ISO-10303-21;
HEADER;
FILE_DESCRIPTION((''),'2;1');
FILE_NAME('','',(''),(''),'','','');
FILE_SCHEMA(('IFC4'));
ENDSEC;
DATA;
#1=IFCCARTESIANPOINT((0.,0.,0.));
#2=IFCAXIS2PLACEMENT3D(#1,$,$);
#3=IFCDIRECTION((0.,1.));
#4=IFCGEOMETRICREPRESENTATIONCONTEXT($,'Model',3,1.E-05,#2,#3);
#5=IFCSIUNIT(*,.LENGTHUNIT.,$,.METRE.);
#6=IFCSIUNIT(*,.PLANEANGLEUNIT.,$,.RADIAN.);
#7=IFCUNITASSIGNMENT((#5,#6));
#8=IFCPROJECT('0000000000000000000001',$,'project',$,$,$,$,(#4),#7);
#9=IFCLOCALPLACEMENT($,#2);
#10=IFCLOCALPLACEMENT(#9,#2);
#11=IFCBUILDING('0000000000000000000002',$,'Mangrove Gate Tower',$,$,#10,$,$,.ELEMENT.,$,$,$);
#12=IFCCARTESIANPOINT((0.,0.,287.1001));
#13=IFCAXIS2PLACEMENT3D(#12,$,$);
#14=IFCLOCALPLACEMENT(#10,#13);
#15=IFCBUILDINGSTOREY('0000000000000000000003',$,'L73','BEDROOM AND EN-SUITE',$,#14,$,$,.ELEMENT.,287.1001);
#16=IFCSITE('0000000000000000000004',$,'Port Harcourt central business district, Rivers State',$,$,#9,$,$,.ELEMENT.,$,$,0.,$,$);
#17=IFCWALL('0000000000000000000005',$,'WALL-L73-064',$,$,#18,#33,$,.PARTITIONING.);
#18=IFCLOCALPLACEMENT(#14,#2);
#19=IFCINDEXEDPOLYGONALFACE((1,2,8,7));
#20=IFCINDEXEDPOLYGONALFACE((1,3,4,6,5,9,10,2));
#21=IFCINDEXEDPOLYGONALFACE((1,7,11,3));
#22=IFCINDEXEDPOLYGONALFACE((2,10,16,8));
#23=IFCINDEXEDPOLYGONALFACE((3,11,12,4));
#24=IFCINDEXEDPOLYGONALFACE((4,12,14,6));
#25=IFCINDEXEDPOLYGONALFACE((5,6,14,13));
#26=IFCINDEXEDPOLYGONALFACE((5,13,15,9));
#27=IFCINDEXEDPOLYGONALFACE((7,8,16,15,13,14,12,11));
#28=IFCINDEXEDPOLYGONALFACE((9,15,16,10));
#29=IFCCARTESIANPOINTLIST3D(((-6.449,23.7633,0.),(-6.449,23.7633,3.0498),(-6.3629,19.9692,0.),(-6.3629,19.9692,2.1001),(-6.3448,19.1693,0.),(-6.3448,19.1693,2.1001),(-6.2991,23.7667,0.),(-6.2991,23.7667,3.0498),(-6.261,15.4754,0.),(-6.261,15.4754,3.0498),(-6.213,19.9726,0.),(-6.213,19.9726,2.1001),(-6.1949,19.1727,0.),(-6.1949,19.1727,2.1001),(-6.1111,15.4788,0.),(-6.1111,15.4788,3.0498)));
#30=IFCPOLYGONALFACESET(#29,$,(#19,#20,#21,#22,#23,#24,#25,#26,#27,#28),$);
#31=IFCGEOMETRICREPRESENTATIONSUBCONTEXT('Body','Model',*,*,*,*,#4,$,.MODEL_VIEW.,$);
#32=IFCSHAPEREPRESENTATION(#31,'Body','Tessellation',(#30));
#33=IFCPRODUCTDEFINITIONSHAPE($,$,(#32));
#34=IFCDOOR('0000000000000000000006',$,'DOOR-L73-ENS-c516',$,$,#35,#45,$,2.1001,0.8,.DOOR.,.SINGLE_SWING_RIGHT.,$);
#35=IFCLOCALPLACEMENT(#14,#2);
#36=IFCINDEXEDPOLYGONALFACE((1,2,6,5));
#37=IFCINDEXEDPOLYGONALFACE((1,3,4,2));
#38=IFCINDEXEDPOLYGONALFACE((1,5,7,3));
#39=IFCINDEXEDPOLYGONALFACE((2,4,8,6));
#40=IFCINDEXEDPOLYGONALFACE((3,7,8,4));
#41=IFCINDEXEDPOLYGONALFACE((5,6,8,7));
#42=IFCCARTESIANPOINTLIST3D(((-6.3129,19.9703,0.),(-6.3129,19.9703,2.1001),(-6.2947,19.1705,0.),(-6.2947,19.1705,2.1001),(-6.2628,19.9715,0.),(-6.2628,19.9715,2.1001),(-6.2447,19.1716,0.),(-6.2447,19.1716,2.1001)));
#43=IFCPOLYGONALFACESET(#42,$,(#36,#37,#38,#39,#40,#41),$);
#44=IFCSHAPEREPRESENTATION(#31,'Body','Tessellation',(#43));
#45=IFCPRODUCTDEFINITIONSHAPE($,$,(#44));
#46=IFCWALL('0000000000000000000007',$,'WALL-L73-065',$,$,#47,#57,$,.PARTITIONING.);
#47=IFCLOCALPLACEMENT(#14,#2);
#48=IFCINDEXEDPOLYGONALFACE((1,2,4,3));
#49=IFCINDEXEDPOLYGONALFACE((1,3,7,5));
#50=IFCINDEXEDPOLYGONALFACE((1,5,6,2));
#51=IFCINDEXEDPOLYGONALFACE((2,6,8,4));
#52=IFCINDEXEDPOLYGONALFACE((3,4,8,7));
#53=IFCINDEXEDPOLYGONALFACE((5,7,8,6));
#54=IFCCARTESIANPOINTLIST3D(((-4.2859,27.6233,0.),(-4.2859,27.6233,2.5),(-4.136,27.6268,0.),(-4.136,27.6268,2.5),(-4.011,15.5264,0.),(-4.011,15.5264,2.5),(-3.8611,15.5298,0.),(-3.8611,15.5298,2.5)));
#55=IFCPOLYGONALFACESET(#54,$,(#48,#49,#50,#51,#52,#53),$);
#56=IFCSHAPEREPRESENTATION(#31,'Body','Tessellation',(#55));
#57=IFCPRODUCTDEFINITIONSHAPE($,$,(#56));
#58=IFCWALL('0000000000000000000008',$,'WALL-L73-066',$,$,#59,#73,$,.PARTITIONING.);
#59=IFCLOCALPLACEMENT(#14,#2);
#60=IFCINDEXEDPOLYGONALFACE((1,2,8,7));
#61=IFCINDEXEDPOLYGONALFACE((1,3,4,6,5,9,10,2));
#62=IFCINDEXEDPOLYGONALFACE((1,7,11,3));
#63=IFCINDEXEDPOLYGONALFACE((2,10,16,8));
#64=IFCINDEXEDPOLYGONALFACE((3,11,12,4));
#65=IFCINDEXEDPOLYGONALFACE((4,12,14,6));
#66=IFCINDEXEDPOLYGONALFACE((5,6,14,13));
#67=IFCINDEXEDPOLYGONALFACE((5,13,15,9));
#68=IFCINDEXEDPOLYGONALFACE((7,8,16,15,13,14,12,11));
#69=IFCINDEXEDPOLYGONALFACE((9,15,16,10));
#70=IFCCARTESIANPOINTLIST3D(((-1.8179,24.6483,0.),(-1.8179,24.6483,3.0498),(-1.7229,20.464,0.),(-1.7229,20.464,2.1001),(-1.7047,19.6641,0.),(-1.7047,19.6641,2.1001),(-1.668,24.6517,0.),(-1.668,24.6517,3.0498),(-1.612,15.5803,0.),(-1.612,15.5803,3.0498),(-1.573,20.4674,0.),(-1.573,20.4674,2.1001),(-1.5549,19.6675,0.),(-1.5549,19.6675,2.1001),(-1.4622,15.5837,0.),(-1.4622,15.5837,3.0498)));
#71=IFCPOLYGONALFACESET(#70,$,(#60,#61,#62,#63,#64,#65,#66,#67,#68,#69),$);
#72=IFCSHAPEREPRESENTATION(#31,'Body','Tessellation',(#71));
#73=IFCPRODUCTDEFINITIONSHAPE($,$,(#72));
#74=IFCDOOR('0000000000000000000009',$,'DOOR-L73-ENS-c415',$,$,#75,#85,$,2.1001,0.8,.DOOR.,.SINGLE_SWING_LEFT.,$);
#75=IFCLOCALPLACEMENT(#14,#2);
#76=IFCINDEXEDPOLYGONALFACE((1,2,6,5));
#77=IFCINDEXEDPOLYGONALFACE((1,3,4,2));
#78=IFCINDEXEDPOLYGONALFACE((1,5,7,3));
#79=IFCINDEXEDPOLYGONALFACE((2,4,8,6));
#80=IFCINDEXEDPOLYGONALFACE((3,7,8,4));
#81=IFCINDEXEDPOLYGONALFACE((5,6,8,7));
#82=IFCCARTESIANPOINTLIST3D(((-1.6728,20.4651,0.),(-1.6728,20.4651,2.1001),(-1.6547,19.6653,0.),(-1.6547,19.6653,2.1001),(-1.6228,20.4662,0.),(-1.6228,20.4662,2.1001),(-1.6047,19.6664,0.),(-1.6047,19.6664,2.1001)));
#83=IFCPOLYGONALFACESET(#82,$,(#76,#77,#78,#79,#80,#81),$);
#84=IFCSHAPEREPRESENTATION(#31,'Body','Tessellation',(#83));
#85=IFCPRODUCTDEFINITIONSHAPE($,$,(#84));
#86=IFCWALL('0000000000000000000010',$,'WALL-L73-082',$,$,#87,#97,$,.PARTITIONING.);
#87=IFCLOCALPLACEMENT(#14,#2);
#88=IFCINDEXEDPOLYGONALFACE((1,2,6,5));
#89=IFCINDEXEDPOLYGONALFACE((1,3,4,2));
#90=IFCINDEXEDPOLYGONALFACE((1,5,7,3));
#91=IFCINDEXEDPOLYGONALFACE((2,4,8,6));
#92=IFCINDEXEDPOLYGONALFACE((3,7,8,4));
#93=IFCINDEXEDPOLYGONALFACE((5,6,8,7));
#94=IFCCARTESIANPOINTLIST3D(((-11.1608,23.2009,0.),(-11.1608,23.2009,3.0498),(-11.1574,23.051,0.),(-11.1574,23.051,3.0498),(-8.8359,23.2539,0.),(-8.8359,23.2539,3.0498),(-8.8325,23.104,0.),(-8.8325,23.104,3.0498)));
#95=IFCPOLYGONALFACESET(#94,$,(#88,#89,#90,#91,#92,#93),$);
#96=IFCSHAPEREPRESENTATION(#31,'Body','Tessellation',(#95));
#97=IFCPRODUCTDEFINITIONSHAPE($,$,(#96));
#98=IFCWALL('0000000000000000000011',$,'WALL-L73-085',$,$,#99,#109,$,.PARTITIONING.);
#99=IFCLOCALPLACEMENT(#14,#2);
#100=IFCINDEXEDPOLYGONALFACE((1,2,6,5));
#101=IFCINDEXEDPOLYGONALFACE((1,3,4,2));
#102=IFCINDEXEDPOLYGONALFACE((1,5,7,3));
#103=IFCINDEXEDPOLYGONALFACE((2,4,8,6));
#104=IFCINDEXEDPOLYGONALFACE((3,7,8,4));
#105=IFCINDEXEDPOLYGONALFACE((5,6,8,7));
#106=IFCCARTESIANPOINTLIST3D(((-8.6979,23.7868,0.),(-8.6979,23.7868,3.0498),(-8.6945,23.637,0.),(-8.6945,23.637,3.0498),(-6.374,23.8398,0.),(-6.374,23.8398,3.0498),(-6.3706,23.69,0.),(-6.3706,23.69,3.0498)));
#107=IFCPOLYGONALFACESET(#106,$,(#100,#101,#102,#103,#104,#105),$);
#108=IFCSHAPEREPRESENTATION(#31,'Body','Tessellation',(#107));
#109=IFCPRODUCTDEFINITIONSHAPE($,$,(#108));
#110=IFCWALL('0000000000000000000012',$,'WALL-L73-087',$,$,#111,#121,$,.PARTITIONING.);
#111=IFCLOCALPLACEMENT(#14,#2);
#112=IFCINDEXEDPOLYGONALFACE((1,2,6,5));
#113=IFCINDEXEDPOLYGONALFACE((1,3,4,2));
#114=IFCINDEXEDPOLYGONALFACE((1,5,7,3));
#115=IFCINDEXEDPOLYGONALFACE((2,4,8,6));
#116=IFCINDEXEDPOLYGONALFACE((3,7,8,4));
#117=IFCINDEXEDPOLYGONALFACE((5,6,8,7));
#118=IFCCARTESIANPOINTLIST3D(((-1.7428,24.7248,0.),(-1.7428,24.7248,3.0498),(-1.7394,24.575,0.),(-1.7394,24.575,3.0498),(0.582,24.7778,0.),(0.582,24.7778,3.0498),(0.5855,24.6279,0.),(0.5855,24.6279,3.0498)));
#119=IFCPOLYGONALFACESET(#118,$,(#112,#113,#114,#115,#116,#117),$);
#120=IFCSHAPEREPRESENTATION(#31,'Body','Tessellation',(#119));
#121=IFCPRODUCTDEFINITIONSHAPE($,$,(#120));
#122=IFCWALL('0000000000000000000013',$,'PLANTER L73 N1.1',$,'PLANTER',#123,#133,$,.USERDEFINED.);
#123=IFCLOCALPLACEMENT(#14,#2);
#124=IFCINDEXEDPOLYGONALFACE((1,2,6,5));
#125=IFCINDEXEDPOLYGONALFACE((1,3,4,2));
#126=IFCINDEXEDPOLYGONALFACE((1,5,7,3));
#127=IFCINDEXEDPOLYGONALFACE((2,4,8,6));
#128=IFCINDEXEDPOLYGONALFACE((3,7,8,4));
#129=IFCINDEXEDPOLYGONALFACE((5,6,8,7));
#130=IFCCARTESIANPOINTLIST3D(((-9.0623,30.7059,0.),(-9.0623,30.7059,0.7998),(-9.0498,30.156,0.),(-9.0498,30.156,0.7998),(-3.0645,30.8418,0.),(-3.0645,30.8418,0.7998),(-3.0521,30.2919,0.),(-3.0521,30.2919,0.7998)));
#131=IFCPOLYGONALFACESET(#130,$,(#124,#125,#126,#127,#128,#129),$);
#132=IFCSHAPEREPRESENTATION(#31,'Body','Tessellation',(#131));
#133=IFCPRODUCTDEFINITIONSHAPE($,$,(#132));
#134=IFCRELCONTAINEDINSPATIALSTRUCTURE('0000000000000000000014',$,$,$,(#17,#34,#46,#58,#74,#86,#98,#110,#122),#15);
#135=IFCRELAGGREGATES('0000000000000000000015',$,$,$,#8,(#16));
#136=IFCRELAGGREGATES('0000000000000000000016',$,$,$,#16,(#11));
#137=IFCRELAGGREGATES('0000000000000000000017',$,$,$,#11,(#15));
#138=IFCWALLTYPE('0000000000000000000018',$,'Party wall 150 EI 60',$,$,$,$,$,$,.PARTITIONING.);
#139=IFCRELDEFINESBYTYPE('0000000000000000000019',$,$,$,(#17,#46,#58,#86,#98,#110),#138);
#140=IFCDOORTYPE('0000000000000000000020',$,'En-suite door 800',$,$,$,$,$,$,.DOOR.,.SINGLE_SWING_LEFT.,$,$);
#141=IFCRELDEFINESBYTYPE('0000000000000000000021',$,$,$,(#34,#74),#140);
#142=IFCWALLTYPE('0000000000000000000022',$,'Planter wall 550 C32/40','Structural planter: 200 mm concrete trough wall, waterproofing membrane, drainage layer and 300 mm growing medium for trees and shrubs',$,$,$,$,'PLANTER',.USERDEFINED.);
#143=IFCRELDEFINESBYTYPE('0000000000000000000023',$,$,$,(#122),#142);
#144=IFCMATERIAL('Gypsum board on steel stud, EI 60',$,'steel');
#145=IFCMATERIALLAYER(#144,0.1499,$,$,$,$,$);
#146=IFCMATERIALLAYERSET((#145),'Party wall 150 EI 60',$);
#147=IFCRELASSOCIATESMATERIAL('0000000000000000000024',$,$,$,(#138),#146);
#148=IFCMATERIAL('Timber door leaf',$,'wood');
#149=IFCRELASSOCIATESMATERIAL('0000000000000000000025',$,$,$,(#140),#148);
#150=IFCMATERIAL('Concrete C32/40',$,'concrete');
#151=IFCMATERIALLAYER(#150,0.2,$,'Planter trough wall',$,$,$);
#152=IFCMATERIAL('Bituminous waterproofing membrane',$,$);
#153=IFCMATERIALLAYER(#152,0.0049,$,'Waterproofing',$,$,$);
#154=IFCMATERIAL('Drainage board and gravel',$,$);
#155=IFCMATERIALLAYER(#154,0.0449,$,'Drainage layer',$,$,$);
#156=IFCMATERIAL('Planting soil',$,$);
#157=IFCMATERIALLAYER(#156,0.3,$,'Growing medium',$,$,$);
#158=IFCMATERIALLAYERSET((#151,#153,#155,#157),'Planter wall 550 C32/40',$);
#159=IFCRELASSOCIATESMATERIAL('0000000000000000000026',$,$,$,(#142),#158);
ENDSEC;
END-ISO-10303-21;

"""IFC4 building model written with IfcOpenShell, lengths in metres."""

from ifc_helpers import new_model, si_unit, direction, frame, frame_2d, origin, place, context, subcontext, project, spatial, rectangle, extrude, material, layer, layer_set, type_object, element, fill, save


model = new_model("IFC4")

# Units and contexts
model_context = context("Model", 3, precision=1e-05, world=origin(), true_north=direction((0.0, 1.0)))
body_context = subcontext(model_context, "Body", "Model", "MODEL_VIEW")
ifc_project = project(units=[si_unit("LENGTHUNIT", "METRE"), si_unit("PLANEANGLEUNIT", "RADIAN")], contexts=[model_context])

# Site, building, storey
site_placement = place(None, origin())
site = spatial("IfcSite", under=ifc_project, at=site_placement, Name="Port Harcourt central business district, Rivers State", CompositionType="ELEMENT", RefElevation=0.0)
building_placement = place(site_placement, origin())
building = spatial("IfcBuilding", under=site, at=building_placement, Name="Mangrove Gate Tower", CompositionType="ELEMENT")
storey_placement = place(building_placement, frame((0.0, 0.0, 287.1001)))
storey = spatial("IfcBuildingStorey", under=building, at=storey_placement, Name="L73", Description="BEDROOM AND EN-SUITE", CompositionType="ELEMENT", Elevation=287.1001)

# Shared definitions
ifc_material_1 = material(Name="Gypsum board on steel stud, EI 60", Category="steel")
ifc_layer_1 = layer(ifc_material_1, 0.1499)
ifc_layer_set_1 = layer_set([ifc_layer_1], Name="Party wall 150 EI 60")
wall_type_1 = type_object("IfcWallType", Name="Party wall 150 EI 60", PredefinedType="PARTITIONING", material=ifc_layer_set_1)
ifc_material_2 = material(Name="Timber door leaf", Category="wood")
door_type = type_object("IfcDoorType", Name="En-suite door 800", OperationType="SINGLE_SWING_LEFT", PredefinedType="DOOR", material=ifc_material_2)

# Wall, opening, door
wall_1_placement = place(storey_placement, frame((-6.186, 15.4771, 0.0), z_axis=(0.0, 0.0, 1.0), x_axis=(-0.022677, 0.999743, 0.0)))
wall_1 = element("IfcWall", 1, at=wall_1_placement, inside=storey, type_object=wall_type_1, Name="WALL-L73-064", PredefinedType="PARTITIONING", context=body_context, shape_type="SweptSolid", body=[
    extrude(rectangle(XDim=8.29, YDim=0.1499, at=frame_2d((4.145, 0.0))), origin(), (0.0, 0.0, 1.0), 3.0498),
])
opening_1_placement = place(wall_1_placement, frame((3.6951, 0.0, 0.0)))
opening_1 = element("IfcOpeningElement", 2, at=opening_1_placement, cuts=wall_1, PredefinedType="OPENING", context=body_context, shape_type="SweptSolid", body=[
    extrude(rectangle(XDim=0.8, YDim=2.1001, at=frame_2d((0.3999, 1.05))), frame((0.0, 0.085, 0.0), z_axis=(0.0, -1.0, 0.0), x_axis=(1.0, 0.0, 0.0)), (0.0, 0.0, 1.0), 0.1699),
])
door_1_placement = place(opening_1_placement, origin())
door_1 = element("IfcDoor", 3, at=door_1_placement, inside=storey, type_object=door_type, Name="DOOR-L73-ENS-c516", OperationType="SINGLE_SWING_RIGHT", OverallHeight=2.1001, OverallWidth=0.8, PredefinedType="DOOR", context=body_context, shape_type="SweptSolid", body=[
    extrude(rectangle(XDim=0.8, YDim=2.1001, at=frame_2d((0.3999, 1.05))), frame((0.0, 0.0249, 0.0), z_axis=(0.0, -1.0, 0.0), x_axis=(1.0, 0.0, 0.0)), (0.0, 0.0, 1.0), 0.05),
])
fill(opening_1, door_1)

# Wall
wall_2_placement = place(storey_placement, frame((-3.936, 15.5281, 0.0), z_axis=(0.0, 0.0, 1.0), x_axis=(-0.022719, 0.999742, 0.0)))
element("IfcWall", 4, at=wall_2_placement, inside=storey, type_object=wall_type_1, Name="WALL-L73-065", PredefinedType="PARTITIONING", context=body_context, shape_type="SweptSolid", body=[
    extrude(rectangle(XDim=12.1001, YDim=0.1499, at=frame_2d((6.05, 0.0))), origin(), (0.0, 0.0, 1.0), 2.5),
])

# Wall, opening, door
wall_3_placement = place(storey_placement, frame((-1.5371, 15.582, 0.0), z_axis=(0.0, 0.0, 1.0), x_axis=(-0.022691, 0.999743, 0.0)))
wall_3 = element("IfcWall", 5, at=wall_3_placement, inside=storey, type_object=wall_type_1, Name="WALL-L73-066", PredefinedType="PARTITIONING", context=body_context, shape_type="SweptSolid", body=[
    extrude(rectangle(XDim=9.0703, YDim=0.1499, at=frame_2d((4.5352, 0.0))), origin(), (0.0, 0.0, 1.0), 3.0498),
])
opening_2_placement = place(wall_3_placement, frame((4.085, 0.0, 0.0)))
opening_2 = element("IfcOpeningElement", 6, at=opening_2_placement, cuts=wall_3, PredefinedType="OPENING", context=body_context, shape_type="SweptSolid", body=[
    extrude(rectangle(XDim=0.8, YDim=2.1001, at=frame_2d((0.3999, 1.05))), frame((0.0, 0.085, 0.0), z_axis=(0.0, -1.0, 0.0), x_axis=(1.0, 0.0, 0.0)), (0.0, 0.0, 1.0), 0.1699),
])
door_2_placement = place(opening_2_placement, origin())
door_2 = element("IfcDoor", 7, at=door_2_placement, inside=storey, type_object=door_type, Name="DOOR-L73-ENS-c415", OperationType="SINGLE_SWING_LEFT", OverallHeight=2.1001, OverallWidth=0.8, PredefinedType="DOOR", context=body_context, shape_type="SweptSolid", body=[
    extrude(rectangle(XDim=0.8, YDim=2.1001, at=frame_2d((0.3999, 1.05))), frame((0.0, 0.0249, 0.0), z_axis=(0.0, -1.0, 0.0), x_axis=(1.0, 0.0, 0.0)), (0.0, 0.0, 1.0), 0.05),
])
fill(opening_2, door_2)

# Walls
wall_4_placement = place(storey_placement, frame((-11.1589, 23.126, 0.0), z_axis=(0.0, 0.0, 1.0), x_axis=(0.99974, 0.022781, 0.0)))
element("IfcWall", 8, at=wall_4_placement, inside=storey, type_object=wall_type_1, Name="WALL-L73-082", PredefinedType="PARTITIONING", context=body_context, shape_type="SweptSolid", body=[
    extrude(rectangle(XDim=2.3254, YDim=0.1499, at=frame_2d((1.1626, 0.0))), origin(), (0.0, 0.0, 1.0), 3.0498),
])
wall_5_placement = place(storey_placement, frame((-8.696, 23.7119, 0.0), z_axis=(0.0, 0.0, 1.0), x_axis=(0.99974, 0.022791, 0.0)))
element("IfcWall", 9, at=wall_5_placement, inside=storey, type_object=wall_type_1, Name="WALL-L73-085", PredefinedType="PARTITIONING", context=body_context, shape_type="SweptSolid", body=[
    extrude(rectangle(XDim=2.3245, YDim=0.1499, at=frame_2d((1.1621, 0.0))), origin(), (0.0, 0.0, 1.0), 3.0498),
])
wall_6_placement = place(storey_placement, frame((-1.741, 24.6499, 0.0), z_axis=(0.0, 0.0, 1.0), x_axis=(0.99974, 0.022781, 0.0)))
element("IfcWall", 10, at=wall_6_placement, inside=storey, type_object=wall_type_1, Name="WALL-L73-087", PredefinedType="PARTITIONING", context=body_context, shape_type="SweptSolid", body=[
    extrude(rectangle(XDim=2.3254, YDim=0.1499, at=frame_2d((1.1626, 0.0))), origin(), (0.0, 0.0, 1.0), 3.0498),
])
ifc_material_3 = material(Name="Concrete C32/40", Category="concrete")
ifc_layer_2 = layer(ifc_material_3, 0.2, Name="Planter trough wall")
ifc_material_4 = material(Name="Bituminous waterproofing membrane")
ifc_layer_3 = layer(ifc_material_4, 0.0049, Name="Waterproofing")
ifc_material_5 = material(Name="Drainage board and gravel")
ifc_layer_4 = layer(ifc_material_5, 0.0449, Name="Drainage layer")
ifc_material_6 = material(Name="Planting soil")
ifc_layer_5 = layer(ifc_material_6, 0.3, Name="Growing medium")
ifc_layer_set_2 = layer_set([ifc_layer_2, ifc_layer_3, ifc_layer_4, ifc_layer_5], Name="Planter wall 550 C32/40")
wall_type_2 = type_object("IfcWallType", Name="Planter wall 550 C32/40", Description="Structural planter: 200 mm concrete trough wall, waterproofing membrane, drainage layer and 300 mm growing medium for trees and shrubs", ElementType="PLANTER", PredefinedType="USERDEFINED", material=ifc_layer_set_2)
wall_7_placement = place(storey_placement, frame((-9.0559, 30.4309, 0.0), z_axis=(0.0, 0.0, 1.0), x_axis=(0.999743, 0.022667, 0.0)))
element("IfcWall", 11, at=wall_7_placement, inside=storey, type_object=wall_type_2, Name="PLANTER L73 N1.1", ObjectType="PLANTER", PredefinedType="USERDEFINED", context=body_context, shape_type="SweptSolid", body=[
    extrude(rectangle(XDim=5.9993, YDim=0.55, at=frame_2d((2.9995, 0.0))), origin(), (0.0, 0.0, 1.0), 0.7998),
])

save(model, "model.ifc")
